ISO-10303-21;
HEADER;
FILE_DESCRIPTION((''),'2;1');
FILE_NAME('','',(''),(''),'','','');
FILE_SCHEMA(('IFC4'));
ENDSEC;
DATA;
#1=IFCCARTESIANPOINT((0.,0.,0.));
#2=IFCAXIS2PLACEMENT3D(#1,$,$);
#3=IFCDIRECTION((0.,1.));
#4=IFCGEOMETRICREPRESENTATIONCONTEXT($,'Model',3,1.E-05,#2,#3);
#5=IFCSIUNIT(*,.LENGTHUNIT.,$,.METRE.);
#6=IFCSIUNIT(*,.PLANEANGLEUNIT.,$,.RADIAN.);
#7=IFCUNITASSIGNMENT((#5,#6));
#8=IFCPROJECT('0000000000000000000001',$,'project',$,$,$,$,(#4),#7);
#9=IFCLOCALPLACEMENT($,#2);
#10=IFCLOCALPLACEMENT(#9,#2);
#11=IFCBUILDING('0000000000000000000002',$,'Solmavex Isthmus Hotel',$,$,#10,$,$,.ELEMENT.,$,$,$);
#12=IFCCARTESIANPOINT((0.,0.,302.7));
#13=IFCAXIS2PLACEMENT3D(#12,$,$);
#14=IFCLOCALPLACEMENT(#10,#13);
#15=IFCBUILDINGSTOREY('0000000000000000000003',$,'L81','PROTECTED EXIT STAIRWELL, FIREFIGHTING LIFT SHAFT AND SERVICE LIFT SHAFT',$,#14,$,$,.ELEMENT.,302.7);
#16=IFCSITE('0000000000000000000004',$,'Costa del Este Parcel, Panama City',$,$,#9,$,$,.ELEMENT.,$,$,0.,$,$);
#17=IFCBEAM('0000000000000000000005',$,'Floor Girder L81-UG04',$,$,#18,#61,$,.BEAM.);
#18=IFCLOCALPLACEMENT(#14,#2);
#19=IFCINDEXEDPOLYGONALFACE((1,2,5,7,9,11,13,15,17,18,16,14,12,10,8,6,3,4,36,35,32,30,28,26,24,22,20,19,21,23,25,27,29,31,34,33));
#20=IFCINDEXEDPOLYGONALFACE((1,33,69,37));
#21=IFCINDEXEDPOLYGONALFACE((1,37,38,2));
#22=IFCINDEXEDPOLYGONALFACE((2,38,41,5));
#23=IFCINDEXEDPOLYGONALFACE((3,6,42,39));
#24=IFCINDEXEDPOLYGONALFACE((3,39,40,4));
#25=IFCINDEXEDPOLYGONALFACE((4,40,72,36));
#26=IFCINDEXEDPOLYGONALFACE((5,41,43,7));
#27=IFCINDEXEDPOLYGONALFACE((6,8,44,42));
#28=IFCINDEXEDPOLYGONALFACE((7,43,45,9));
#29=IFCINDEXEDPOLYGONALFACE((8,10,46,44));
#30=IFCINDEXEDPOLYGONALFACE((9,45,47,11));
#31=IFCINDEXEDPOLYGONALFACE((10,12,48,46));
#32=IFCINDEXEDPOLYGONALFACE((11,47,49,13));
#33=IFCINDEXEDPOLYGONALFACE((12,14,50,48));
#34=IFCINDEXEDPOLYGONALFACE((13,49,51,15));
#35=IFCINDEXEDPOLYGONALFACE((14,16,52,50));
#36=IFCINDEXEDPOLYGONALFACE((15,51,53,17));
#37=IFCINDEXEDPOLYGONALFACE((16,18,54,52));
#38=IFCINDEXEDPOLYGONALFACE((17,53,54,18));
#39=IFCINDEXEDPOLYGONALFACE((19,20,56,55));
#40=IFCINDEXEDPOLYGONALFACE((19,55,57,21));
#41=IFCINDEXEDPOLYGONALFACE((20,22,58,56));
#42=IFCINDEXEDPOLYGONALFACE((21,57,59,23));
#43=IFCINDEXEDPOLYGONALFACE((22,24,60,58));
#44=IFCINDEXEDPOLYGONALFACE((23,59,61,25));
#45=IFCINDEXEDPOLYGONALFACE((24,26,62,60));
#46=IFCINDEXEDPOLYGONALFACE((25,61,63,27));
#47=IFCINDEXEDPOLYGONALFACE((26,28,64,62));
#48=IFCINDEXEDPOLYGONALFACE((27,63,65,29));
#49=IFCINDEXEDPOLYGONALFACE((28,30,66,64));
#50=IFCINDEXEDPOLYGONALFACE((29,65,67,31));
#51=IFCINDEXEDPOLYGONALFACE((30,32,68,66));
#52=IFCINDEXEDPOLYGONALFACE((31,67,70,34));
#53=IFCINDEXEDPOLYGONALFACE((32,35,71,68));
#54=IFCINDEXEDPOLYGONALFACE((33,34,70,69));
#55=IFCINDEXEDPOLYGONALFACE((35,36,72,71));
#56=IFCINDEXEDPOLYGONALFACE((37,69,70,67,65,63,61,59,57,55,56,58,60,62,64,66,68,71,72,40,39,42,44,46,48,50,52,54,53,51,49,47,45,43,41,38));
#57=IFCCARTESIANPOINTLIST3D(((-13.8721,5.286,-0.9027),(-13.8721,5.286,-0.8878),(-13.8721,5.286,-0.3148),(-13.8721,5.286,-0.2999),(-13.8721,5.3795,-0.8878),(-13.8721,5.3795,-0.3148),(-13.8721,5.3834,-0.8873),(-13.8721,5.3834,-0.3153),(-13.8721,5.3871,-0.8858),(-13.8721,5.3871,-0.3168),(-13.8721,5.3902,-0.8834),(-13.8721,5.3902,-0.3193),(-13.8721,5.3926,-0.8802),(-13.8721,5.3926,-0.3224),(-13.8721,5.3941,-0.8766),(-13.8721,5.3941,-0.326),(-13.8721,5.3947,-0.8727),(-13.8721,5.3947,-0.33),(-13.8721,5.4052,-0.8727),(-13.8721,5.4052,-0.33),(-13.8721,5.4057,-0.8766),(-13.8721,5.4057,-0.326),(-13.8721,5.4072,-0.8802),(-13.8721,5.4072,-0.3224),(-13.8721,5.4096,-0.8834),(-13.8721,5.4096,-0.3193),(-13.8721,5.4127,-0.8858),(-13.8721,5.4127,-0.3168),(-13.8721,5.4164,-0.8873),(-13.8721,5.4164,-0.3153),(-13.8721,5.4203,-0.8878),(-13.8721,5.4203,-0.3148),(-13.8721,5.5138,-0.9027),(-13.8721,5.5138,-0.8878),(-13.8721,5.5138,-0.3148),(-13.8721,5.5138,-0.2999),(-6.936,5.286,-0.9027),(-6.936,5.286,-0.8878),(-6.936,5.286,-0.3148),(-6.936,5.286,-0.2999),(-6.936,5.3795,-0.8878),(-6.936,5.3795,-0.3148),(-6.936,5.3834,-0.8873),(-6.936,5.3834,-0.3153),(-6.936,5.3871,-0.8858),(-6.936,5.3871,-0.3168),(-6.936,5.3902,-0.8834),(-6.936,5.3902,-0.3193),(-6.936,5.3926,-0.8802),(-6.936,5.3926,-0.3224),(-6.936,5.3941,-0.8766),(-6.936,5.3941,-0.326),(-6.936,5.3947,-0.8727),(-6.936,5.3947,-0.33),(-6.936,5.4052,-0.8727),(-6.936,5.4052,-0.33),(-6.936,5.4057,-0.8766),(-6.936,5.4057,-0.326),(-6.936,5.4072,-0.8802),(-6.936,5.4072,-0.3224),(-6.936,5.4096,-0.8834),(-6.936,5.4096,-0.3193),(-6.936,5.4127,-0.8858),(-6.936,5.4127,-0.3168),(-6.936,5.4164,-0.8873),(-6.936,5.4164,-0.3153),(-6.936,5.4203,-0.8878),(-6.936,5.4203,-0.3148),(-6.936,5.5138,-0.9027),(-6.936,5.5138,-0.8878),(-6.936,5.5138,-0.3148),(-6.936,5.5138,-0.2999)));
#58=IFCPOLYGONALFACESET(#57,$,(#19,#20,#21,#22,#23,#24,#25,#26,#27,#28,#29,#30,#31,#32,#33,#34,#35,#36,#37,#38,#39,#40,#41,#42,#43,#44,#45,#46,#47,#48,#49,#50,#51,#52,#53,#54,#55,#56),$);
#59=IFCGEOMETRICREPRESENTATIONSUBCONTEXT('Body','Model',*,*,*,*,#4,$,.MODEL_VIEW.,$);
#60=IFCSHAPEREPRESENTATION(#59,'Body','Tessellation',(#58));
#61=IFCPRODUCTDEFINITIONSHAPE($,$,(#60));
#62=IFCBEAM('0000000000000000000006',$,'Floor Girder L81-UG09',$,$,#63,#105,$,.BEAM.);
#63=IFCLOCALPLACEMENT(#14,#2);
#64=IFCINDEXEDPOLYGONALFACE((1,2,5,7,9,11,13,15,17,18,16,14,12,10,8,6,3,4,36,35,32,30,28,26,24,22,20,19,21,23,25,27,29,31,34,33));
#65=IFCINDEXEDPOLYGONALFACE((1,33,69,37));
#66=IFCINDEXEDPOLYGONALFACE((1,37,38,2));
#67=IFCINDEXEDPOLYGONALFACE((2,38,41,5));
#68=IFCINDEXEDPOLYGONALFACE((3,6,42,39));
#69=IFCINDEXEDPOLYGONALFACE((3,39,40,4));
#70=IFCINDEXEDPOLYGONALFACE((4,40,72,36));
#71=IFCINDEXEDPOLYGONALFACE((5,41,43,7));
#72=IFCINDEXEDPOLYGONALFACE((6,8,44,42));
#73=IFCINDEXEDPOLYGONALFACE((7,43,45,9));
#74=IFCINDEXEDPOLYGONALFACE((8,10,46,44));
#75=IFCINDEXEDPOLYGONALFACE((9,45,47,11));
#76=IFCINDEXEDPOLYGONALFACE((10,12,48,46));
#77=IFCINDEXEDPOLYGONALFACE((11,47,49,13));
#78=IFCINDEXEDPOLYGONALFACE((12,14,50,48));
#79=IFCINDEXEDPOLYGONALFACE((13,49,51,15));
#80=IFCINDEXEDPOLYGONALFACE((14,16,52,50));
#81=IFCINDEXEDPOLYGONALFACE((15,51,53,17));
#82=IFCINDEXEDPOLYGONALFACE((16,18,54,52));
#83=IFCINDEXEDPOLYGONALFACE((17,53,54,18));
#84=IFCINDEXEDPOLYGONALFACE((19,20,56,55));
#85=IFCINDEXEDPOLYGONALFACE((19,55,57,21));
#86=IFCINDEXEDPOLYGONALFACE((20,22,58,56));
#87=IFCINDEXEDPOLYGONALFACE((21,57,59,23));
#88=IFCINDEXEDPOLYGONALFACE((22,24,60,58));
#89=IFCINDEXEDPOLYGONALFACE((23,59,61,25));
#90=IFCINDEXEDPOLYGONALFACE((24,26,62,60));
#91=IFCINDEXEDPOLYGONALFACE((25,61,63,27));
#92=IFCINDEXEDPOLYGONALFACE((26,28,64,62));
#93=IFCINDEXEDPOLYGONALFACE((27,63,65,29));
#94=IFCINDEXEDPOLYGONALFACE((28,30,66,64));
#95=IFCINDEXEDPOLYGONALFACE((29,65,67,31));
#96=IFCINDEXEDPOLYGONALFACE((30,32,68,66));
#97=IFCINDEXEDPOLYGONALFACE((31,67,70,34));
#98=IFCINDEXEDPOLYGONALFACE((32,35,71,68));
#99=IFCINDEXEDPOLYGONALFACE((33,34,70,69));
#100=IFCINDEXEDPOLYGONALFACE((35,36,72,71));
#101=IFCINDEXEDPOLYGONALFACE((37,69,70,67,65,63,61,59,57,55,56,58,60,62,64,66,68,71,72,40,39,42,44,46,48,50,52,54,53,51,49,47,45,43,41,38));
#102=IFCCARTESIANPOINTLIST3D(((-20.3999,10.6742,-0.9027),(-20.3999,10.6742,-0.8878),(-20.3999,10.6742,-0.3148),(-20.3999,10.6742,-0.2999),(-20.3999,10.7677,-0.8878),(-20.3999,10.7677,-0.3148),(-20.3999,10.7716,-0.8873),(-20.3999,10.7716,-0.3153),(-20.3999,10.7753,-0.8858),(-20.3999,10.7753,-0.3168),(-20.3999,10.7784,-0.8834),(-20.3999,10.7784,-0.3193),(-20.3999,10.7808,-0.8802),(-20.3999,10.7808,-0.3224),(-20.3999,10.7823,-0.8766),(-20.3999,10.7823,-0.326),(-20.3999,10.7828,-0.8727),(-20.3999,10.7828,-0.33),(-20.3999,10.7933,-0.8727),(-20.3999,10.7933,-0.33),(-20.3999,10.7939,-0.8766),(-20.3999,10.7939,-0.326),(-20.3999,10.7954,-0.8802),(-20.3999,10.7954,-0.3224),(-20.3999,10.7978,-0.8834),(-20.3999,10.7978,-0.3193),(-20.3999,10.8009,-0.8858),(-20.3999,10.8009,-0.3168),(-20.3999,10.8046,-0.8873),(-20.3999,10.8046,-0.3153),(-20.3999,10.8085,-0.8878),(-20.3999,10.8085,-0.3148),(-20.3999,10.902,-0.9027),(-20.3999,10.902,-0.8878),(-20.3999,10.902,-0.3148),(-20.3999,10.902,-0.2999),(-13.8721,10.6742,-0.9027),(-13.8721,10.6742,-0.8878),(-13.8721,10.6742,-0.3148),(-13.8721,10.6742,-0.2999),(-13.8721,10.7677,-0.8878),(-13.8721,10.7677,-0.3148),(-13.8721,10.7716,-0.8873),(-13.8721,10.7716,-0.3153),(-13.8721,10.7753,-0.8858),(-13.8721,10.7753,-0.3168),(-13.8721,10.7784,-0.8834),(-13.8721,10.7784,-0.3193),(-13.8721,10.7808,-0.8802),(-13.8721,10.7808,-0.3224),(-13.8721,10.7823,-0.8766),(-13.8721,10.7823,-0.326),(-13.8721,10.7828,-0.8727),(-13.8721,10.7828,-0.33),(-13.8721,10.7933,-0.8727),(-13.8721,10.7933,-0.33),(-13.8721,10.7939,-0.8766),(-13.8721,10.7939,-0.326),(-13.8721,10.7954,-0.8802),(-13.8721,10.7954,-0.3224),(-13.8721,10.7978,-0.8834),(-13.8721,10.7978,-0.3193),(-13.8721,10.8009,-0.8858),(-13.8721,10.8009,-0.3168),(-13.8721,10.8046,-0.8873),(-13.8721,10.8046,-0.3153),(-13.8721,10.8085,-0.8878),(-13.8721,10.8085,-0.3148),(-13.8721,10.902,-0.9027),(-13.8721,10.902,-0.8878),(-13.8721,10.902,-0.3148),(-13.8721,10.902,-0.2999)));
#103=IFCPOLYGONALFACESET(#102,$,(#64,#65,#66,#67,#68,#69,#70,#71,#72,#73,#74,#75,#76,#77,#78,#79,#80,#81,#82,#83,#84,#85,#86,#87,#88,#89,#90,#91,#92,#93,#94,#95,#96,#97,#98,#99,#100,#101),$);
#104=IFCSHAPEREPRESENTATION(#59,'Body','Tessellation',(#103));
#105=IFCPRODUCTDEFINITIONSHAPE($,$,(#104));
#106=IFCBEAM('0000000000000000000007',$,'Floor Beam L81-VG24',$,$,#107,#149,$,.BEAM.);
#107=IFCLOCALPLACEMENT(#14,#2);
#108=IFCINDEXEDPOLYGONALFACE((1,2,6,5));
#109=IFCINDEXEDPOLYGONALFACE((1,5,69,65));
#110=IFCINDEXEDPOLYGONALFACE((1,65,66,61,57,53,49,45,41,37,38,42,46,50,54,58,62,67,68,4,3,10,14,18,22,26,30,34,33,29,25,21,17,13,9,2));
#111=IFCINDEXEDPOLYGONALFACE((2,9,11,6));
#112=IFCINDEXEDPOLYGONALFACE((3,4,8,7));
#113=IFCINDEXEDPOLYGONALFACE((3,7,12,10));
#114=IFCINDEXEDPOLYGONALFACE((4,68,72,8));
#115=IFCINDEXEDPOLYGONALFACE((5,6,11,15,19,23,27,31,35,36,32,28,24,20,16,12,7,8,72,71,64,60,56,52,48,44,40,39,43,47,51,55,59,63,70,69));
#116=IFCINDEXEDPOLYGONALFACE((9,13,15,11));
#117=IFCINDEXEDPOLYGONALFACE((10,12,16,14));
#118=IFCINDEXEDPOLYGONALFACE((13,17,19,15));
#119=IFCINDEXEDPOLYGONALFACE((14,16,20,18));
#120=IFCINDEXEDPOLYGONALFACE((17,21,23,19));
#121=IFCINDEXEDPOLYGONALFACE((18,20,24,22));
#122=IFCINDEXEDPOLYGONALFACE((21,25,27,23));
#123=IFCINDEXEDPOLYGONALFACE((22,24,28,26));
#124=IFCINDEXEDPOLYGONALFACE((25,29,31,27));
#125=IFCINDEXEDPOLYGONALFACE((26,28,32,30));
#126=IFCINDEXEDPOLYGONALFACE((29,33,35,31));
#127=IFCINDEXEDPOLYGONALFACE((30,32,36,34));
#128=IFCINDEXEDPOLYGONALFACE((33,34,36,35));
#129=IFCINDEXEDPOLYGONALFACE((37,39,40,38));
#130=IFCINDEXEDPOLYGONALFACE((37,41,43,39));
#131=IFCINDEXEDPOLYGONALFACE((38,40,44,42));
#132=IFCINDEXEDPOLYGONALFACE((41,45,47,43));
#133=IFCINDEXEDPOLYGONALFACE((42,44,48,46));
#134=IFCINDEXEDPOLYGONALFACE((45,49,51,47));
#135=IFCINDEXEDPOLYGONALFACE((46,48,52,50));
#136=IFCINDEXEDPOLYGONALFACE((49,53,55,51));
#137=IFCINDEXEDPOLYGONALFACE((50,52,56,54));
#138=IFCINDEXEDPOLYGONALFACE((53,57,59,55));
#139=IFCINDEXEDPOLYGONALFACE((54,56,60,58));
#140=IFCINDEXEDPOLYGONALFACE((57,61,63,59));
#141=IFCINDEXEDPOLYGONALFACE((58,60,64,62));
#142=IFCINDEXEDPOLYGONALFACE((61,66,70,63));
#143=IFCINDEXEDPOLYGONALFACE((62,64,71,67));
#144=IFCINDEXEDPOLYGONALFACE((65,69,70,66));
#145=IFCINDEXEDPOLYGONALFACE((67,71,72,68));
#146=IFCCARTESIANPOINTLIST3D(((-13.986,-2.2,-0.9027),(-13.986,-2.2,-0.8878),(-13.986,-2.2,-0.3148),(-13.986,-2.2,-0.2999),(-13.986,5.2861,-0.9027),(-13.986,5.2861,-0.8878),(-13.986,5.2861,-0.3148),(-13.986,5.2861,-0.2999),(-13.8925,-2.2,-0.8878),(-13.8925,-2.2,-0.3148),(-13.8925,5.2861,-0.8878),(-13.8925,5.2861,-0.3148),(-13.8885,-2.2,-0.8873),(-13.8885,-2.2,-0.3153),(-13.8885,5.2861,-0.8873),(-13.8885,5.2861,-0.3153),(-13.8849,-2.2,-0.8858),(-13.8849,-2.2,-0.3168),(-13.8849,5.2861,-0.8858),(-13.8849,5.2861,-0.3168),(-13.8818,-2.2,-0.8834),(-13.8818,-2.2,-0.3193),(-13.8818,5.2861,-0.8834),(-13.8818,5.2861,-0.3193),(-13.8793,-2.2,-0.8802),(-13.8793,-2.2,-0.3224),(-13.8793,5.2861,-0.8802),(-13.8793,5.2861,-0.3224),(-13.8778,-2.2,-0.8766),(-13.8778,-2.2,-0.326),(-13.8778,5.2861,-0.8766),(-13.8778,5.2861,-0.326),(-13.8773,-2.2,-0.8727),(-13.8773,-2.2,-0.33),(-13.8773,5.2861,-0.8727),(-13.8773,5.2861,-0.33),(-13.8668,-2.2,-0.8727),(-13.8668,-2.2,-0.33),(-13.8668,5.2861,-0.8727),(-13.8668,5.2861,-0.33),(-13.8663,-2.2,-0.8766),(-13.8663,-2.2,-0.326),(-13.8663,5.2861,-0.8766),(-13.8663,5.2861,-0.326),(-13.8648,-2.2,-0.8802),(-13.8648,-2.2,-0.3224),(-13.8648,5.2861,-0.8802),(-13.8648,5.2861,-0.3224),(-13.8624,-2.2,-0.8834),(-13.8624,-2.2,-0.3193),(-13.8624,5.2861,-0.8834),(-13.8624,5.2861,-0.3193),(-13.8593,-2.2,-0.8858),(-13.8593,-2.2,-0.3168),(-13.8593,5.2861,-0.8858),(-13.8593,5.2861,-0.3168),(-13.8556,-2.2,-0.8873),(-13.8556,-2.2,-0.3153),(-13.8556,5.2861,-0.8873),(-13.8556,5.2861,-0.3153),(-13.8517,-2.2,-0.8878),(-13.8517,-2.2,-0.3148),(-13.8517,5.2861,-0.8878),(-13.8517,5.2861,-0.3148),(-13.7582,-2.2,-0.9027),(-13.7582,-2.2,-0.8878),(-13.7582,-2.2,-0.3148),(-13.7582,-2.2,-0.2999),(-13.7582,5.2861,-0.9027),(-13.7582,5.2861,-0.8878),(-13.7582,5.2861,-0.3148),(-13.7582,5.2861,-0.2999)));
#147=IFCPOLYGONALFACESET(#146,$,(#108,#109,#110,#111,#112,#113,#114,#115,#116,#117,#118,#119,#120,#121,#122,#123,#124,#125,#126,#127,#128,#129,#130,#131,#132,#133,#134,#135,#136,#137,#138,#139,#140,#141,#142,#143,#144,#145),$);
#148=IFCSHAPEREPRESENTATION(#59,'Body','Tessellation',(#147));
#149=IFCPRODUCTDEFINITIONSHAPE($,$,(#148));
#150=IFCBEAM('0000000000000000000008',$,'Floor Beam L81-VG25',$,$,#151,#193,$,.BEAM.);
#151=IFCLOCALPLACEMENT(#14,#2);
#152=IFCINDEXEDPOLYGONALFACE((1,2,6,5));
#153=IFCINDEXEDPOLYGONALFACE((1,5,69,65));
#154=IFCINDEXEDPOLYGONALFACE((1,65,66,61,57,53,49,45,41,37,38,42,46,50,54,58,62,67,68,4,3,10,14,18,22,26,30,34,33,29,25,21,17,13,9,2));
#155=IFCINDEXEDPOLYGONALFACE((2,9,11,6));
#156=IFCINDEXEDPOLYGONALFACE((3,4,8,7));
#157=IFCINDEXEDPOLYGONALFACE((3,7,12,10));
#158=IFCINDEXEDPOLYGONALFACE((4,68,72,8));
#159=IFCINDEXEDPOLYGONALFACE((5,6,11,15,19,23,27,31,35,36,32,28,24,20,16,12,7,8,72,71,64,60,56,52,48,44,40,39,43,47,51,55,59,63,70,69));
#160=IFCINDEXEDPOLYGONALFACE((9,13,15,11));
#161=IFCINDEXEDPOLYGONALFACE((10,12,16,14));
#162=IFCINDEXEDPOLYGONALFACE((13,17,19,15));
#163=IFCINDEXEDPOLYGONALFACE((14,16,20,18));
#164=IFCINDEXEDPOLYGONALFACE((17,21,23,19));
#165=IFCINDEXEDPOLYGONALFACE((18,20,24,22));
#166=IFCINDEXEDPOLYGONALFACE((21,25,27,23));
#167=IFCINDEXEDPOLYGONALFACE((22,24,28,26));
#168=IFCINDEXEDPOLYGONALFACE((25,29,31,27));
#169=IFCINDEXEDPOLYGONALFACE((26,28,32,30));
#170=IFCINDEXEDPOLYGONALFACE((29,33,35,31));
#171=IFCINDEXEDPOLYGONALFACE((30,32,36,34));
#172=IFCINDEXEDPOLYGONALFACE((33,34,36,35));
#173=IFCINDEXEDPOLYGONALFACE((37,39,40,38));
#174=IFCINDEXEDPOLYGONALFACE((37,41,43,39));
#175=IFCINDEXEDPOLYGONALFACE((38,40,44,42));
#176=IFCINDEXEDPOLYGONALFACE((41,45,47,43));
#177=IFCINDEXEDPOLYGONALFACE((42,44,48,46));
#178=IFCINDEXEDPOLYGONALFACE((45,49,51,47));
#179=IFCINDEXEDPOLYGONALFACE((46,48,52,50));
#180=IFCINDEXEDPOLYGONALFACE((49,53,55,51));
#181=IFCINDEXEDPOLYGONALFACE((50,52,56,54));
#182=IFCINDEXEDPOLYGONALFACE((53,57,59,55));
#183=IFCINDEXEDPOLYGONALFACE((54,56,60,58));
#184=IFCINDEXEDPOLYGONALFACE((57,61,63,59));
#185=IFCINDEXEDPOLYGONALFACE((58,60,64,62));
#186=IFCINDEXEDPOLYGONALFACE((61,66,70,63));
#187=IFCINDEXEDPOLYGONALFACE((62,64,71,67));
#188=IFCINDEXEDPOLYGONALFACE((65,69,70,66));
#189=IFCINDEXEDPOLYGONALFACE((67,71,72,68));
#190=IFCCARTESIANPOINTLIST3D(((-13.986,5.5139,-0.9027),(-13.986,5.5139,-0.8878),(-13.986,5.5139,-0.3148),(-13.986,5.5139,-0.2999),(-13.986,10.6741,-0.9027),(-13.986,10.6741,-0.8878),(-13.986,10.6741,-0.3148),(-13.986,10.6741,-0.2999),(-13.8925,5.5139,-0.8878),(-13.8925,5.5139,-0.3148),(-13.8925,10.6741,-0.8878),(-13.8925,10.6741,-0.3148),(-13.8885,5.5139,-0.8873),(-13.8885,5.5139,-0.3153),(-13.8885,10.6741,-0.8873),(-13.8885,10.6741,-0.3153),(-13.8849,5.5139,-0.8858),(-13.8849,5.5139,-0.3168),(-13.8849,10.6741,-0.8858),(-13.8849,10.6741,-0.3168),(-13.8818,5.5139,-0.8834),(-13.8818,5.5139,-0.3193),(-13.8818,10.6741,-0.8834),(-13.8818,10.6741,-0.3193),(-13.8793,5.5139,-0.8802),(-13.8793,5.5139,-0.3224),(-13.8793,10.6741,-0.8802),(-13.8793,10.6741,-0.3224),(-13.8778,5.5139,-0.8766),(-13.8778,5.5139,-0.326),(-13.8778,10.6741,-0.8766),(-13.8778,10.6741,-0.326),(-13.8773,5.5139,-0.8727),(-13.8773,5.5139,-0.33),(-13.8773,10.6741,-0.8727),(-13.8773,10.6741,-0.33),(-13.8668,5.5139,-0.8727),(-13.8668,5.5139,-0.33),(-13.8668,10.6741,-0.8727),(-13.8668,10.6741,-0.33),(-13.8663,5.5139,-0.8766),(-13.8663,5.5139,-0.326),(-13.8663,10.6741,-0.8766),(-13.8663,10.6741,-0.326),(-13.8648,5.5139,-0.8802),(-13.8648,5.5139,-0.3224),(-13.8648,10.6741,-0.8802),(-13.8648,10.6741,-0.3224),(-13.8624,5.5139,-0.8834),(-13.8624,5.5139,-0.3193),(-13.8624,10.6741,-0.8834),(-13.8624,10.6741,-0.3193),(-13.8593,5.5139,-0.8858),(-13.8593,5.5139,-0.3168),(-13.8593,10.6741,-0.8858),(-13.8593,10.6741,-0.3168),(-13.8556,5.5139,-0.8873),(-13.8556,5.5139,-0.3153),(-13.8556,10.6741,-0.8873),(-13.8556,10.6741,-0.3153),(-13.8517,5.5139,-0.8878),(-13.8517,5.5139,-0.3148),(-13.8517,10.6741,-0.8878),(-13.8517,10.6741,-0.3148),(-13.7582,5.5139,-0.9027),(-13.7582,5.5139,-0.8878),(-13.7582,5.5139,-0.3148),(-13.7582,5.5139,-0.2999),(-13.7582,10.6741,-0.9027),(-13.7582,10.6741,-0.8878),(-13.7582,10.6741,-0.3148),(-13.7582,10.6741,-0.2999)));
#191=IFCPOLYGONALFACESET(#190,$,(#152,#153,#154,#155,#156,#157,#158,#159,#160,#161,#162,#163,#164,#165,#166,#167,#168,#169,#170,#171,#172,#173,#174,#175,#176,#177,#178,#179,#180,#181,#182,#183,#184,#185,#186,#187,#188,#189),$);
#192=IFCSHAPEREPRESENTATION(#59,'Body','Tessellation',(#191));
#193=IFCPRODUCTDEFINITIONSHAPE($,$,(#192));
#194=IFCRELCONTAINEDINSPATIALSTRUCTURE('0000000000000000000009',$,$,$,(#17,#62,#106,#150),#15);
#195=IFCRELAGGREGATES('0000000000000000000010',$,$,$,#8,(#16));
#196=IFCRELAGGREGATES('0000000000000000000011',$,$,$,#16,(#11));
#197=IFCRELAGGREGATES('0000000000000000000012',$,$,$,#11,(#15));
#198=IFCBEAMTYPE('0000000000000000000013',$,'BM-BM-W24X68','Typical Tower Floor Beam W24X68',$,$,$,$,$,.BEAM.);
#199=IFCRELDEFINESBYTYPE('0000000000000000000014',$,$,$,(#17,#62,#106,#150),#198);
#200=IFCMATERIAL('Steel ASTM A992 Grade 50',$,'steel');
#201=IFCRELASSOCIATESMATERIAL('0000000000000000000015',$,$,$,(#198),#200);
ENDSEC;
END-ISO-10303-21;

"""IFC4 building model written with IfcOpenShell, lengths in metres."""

from ifc_helpers import new_model, si_unit, direction, frame, origin, origin_2d, place, context, subcontext, project, spatial, i_section, extrude, material, material_profile, profile_set, type_object, element, save


model = new_model("IFC4")

# Units and contexts
model_context = context("Model", 3, precision=1e-05, world=origin(), true_north=direction((0.0, 1.0)))
body_context = subcontext(model_context, "Body", "Model", "MODEL_VIEW")
ifc_project = project(units=[si_unit("LENGTHUNIT", "METRE"), si_unit("PLANEANGLEUNIT", "RADIAN")], contexts=[model_context])

# Site, building, storey
site_placement = place(None, origin())
site = spatial("IfcSite", under=ifc_project, at=site_placement, Name="Costa del Este Parcel, Panama City", CompositionType="ELEMENT", RefElevation=0.0)
building_placement = place(site_placement, origin())
building = spatial("IfcBuilding", under=site, at=building_placement, Name="Solmavex Isthmus Hotel", CompositionType="ELEMENT")
storey_placement = place(building_placement, frame((0.0, 0.0, 302.7)))
storey = spatial("IfcBuildingStorey", under=building, at=storey_placement, Name="L81", Description="PROTECTED EXIT STAIRWELL, FIREFIGHTING LIFT SHAFT AND SERVICE LIFT SHAFT", CompositionType="ELEMENT", Elevation=302.7)

# Beams
ifc_material_1 = material(Name="Steel ASTM A992 Grade 50", Category="steel")
ifc_material_profile_1 = material_profile(ifc_material_1, i_section(OverallWidth=0.2278, OverallDepth=0.6028, WebThickness=0.0105, FlangeThickness=0.0149, FilletRadius=0.0151, at=origin_2d()), Name="W24X68")
ifc_profile_set_1 = profile_set([ifc_material_profile_1], Name="Steel ASTM A992 Grade 50")
beam_type_1 = type_object("IfcBeamType", Name="BM-BM-W24X68", Description="Typical Tower Floor Beam W24X68", PredefinedType="BEAM", material=ifc_profile_set_1)
beam_1_placement = place(storey_placement, frame((-13.8721, 5.3999, -0.6013), z_axis=(1.0, 0.0, 0.0), x_axis=(0.0, 1.0, 0.0)))
element("IfcBeam", 1, at=beam_1_placement, inside=storey, type_object=beam_type_1, Name="Floor Girder L81-UG04", PredefinedType="BEAM", context=body_context, shape_type="SweptSolid", body=[
    extrude(i_section(OverallWidth=0.2278, OverallDepth=0.6028, WebThickness=0.0105, FlangeThickness=0.0149, FilletRadius=0.0151, at=origin_2d()), origin(), (0.0, 0.0, 1.0), 6.936),
])
beam_2_placement = place(storey_placement, frame((-20.3999, 10.7881, -0.6013), z_axis=(1.0, 0.0, 0.0), x_axis=(0.0, 1.0, 0.0)))
element("IfcBeam", 2, at=beam_2_placement, inside=storey, type_object=beam_type_1, Name="Floor Girder L81-UG09", PredefinedType="BEAM", context=body_context, shape_type="SweptSolid", body=[
    extrude(i_section(OverallWidth=0.2278, OverallDepth=0.6028, WebThickness=0.0105, FlangeThickness=0.0149, FilletRadius=0.0151, at=origin_2d()), origin(), (0.0, 0.0, 1.0), 6.5278),
])
beam_3_placement = place(storey_placement, frame((-13.8721, -2.2, -0.6013), z_axis=(0.0, 1.0, 0.0), x_axis=(-1.0, 0.0, 0.0)))
element("IfcBeam", 3, at=beam_3_placement, inside=storey, type_object=beam_type_1, Name="Floor Beam L81-VG24", PredefinedType="BEAM", context=body_context, shape_type="SweptSolid", body=[
    extrude(i_section(OverallWidth=0.2278, OverallDepth=0.6028, WebThickness=0.0105, FlangeThickness=0.0149, FilletRadius=0.0151, at=origin_2d()), origin(), (0.0, 0.0, 1.0), 7.4861),
])
beam_4_placement = place(storey_placement, frame((-13.8721, 5.5139, -0.6013), z_axis=(0.0, 1.0, 0.0), x_axis=(-1.0, 0.0, 0.0)))
element("IfcBeam", 4, at=beam_4_placement, inside=storey, type_object=beam_type_1, Name="Floor Beam L81-VG25", PredefinedType="BEAM", context=body_context, shape_type="SweptSolid", body=[
    extrude(i_section(OverallWidth=0.2278, OverallDepth=0.6028, WebThickness=0.0105, FlangeThickness=0.0149, FilletRadius=0.0151, at=origin_2d()), origin(), (0.0, 0.0, 1.0), 5.1602),
])

save(model, "model.ifc")
